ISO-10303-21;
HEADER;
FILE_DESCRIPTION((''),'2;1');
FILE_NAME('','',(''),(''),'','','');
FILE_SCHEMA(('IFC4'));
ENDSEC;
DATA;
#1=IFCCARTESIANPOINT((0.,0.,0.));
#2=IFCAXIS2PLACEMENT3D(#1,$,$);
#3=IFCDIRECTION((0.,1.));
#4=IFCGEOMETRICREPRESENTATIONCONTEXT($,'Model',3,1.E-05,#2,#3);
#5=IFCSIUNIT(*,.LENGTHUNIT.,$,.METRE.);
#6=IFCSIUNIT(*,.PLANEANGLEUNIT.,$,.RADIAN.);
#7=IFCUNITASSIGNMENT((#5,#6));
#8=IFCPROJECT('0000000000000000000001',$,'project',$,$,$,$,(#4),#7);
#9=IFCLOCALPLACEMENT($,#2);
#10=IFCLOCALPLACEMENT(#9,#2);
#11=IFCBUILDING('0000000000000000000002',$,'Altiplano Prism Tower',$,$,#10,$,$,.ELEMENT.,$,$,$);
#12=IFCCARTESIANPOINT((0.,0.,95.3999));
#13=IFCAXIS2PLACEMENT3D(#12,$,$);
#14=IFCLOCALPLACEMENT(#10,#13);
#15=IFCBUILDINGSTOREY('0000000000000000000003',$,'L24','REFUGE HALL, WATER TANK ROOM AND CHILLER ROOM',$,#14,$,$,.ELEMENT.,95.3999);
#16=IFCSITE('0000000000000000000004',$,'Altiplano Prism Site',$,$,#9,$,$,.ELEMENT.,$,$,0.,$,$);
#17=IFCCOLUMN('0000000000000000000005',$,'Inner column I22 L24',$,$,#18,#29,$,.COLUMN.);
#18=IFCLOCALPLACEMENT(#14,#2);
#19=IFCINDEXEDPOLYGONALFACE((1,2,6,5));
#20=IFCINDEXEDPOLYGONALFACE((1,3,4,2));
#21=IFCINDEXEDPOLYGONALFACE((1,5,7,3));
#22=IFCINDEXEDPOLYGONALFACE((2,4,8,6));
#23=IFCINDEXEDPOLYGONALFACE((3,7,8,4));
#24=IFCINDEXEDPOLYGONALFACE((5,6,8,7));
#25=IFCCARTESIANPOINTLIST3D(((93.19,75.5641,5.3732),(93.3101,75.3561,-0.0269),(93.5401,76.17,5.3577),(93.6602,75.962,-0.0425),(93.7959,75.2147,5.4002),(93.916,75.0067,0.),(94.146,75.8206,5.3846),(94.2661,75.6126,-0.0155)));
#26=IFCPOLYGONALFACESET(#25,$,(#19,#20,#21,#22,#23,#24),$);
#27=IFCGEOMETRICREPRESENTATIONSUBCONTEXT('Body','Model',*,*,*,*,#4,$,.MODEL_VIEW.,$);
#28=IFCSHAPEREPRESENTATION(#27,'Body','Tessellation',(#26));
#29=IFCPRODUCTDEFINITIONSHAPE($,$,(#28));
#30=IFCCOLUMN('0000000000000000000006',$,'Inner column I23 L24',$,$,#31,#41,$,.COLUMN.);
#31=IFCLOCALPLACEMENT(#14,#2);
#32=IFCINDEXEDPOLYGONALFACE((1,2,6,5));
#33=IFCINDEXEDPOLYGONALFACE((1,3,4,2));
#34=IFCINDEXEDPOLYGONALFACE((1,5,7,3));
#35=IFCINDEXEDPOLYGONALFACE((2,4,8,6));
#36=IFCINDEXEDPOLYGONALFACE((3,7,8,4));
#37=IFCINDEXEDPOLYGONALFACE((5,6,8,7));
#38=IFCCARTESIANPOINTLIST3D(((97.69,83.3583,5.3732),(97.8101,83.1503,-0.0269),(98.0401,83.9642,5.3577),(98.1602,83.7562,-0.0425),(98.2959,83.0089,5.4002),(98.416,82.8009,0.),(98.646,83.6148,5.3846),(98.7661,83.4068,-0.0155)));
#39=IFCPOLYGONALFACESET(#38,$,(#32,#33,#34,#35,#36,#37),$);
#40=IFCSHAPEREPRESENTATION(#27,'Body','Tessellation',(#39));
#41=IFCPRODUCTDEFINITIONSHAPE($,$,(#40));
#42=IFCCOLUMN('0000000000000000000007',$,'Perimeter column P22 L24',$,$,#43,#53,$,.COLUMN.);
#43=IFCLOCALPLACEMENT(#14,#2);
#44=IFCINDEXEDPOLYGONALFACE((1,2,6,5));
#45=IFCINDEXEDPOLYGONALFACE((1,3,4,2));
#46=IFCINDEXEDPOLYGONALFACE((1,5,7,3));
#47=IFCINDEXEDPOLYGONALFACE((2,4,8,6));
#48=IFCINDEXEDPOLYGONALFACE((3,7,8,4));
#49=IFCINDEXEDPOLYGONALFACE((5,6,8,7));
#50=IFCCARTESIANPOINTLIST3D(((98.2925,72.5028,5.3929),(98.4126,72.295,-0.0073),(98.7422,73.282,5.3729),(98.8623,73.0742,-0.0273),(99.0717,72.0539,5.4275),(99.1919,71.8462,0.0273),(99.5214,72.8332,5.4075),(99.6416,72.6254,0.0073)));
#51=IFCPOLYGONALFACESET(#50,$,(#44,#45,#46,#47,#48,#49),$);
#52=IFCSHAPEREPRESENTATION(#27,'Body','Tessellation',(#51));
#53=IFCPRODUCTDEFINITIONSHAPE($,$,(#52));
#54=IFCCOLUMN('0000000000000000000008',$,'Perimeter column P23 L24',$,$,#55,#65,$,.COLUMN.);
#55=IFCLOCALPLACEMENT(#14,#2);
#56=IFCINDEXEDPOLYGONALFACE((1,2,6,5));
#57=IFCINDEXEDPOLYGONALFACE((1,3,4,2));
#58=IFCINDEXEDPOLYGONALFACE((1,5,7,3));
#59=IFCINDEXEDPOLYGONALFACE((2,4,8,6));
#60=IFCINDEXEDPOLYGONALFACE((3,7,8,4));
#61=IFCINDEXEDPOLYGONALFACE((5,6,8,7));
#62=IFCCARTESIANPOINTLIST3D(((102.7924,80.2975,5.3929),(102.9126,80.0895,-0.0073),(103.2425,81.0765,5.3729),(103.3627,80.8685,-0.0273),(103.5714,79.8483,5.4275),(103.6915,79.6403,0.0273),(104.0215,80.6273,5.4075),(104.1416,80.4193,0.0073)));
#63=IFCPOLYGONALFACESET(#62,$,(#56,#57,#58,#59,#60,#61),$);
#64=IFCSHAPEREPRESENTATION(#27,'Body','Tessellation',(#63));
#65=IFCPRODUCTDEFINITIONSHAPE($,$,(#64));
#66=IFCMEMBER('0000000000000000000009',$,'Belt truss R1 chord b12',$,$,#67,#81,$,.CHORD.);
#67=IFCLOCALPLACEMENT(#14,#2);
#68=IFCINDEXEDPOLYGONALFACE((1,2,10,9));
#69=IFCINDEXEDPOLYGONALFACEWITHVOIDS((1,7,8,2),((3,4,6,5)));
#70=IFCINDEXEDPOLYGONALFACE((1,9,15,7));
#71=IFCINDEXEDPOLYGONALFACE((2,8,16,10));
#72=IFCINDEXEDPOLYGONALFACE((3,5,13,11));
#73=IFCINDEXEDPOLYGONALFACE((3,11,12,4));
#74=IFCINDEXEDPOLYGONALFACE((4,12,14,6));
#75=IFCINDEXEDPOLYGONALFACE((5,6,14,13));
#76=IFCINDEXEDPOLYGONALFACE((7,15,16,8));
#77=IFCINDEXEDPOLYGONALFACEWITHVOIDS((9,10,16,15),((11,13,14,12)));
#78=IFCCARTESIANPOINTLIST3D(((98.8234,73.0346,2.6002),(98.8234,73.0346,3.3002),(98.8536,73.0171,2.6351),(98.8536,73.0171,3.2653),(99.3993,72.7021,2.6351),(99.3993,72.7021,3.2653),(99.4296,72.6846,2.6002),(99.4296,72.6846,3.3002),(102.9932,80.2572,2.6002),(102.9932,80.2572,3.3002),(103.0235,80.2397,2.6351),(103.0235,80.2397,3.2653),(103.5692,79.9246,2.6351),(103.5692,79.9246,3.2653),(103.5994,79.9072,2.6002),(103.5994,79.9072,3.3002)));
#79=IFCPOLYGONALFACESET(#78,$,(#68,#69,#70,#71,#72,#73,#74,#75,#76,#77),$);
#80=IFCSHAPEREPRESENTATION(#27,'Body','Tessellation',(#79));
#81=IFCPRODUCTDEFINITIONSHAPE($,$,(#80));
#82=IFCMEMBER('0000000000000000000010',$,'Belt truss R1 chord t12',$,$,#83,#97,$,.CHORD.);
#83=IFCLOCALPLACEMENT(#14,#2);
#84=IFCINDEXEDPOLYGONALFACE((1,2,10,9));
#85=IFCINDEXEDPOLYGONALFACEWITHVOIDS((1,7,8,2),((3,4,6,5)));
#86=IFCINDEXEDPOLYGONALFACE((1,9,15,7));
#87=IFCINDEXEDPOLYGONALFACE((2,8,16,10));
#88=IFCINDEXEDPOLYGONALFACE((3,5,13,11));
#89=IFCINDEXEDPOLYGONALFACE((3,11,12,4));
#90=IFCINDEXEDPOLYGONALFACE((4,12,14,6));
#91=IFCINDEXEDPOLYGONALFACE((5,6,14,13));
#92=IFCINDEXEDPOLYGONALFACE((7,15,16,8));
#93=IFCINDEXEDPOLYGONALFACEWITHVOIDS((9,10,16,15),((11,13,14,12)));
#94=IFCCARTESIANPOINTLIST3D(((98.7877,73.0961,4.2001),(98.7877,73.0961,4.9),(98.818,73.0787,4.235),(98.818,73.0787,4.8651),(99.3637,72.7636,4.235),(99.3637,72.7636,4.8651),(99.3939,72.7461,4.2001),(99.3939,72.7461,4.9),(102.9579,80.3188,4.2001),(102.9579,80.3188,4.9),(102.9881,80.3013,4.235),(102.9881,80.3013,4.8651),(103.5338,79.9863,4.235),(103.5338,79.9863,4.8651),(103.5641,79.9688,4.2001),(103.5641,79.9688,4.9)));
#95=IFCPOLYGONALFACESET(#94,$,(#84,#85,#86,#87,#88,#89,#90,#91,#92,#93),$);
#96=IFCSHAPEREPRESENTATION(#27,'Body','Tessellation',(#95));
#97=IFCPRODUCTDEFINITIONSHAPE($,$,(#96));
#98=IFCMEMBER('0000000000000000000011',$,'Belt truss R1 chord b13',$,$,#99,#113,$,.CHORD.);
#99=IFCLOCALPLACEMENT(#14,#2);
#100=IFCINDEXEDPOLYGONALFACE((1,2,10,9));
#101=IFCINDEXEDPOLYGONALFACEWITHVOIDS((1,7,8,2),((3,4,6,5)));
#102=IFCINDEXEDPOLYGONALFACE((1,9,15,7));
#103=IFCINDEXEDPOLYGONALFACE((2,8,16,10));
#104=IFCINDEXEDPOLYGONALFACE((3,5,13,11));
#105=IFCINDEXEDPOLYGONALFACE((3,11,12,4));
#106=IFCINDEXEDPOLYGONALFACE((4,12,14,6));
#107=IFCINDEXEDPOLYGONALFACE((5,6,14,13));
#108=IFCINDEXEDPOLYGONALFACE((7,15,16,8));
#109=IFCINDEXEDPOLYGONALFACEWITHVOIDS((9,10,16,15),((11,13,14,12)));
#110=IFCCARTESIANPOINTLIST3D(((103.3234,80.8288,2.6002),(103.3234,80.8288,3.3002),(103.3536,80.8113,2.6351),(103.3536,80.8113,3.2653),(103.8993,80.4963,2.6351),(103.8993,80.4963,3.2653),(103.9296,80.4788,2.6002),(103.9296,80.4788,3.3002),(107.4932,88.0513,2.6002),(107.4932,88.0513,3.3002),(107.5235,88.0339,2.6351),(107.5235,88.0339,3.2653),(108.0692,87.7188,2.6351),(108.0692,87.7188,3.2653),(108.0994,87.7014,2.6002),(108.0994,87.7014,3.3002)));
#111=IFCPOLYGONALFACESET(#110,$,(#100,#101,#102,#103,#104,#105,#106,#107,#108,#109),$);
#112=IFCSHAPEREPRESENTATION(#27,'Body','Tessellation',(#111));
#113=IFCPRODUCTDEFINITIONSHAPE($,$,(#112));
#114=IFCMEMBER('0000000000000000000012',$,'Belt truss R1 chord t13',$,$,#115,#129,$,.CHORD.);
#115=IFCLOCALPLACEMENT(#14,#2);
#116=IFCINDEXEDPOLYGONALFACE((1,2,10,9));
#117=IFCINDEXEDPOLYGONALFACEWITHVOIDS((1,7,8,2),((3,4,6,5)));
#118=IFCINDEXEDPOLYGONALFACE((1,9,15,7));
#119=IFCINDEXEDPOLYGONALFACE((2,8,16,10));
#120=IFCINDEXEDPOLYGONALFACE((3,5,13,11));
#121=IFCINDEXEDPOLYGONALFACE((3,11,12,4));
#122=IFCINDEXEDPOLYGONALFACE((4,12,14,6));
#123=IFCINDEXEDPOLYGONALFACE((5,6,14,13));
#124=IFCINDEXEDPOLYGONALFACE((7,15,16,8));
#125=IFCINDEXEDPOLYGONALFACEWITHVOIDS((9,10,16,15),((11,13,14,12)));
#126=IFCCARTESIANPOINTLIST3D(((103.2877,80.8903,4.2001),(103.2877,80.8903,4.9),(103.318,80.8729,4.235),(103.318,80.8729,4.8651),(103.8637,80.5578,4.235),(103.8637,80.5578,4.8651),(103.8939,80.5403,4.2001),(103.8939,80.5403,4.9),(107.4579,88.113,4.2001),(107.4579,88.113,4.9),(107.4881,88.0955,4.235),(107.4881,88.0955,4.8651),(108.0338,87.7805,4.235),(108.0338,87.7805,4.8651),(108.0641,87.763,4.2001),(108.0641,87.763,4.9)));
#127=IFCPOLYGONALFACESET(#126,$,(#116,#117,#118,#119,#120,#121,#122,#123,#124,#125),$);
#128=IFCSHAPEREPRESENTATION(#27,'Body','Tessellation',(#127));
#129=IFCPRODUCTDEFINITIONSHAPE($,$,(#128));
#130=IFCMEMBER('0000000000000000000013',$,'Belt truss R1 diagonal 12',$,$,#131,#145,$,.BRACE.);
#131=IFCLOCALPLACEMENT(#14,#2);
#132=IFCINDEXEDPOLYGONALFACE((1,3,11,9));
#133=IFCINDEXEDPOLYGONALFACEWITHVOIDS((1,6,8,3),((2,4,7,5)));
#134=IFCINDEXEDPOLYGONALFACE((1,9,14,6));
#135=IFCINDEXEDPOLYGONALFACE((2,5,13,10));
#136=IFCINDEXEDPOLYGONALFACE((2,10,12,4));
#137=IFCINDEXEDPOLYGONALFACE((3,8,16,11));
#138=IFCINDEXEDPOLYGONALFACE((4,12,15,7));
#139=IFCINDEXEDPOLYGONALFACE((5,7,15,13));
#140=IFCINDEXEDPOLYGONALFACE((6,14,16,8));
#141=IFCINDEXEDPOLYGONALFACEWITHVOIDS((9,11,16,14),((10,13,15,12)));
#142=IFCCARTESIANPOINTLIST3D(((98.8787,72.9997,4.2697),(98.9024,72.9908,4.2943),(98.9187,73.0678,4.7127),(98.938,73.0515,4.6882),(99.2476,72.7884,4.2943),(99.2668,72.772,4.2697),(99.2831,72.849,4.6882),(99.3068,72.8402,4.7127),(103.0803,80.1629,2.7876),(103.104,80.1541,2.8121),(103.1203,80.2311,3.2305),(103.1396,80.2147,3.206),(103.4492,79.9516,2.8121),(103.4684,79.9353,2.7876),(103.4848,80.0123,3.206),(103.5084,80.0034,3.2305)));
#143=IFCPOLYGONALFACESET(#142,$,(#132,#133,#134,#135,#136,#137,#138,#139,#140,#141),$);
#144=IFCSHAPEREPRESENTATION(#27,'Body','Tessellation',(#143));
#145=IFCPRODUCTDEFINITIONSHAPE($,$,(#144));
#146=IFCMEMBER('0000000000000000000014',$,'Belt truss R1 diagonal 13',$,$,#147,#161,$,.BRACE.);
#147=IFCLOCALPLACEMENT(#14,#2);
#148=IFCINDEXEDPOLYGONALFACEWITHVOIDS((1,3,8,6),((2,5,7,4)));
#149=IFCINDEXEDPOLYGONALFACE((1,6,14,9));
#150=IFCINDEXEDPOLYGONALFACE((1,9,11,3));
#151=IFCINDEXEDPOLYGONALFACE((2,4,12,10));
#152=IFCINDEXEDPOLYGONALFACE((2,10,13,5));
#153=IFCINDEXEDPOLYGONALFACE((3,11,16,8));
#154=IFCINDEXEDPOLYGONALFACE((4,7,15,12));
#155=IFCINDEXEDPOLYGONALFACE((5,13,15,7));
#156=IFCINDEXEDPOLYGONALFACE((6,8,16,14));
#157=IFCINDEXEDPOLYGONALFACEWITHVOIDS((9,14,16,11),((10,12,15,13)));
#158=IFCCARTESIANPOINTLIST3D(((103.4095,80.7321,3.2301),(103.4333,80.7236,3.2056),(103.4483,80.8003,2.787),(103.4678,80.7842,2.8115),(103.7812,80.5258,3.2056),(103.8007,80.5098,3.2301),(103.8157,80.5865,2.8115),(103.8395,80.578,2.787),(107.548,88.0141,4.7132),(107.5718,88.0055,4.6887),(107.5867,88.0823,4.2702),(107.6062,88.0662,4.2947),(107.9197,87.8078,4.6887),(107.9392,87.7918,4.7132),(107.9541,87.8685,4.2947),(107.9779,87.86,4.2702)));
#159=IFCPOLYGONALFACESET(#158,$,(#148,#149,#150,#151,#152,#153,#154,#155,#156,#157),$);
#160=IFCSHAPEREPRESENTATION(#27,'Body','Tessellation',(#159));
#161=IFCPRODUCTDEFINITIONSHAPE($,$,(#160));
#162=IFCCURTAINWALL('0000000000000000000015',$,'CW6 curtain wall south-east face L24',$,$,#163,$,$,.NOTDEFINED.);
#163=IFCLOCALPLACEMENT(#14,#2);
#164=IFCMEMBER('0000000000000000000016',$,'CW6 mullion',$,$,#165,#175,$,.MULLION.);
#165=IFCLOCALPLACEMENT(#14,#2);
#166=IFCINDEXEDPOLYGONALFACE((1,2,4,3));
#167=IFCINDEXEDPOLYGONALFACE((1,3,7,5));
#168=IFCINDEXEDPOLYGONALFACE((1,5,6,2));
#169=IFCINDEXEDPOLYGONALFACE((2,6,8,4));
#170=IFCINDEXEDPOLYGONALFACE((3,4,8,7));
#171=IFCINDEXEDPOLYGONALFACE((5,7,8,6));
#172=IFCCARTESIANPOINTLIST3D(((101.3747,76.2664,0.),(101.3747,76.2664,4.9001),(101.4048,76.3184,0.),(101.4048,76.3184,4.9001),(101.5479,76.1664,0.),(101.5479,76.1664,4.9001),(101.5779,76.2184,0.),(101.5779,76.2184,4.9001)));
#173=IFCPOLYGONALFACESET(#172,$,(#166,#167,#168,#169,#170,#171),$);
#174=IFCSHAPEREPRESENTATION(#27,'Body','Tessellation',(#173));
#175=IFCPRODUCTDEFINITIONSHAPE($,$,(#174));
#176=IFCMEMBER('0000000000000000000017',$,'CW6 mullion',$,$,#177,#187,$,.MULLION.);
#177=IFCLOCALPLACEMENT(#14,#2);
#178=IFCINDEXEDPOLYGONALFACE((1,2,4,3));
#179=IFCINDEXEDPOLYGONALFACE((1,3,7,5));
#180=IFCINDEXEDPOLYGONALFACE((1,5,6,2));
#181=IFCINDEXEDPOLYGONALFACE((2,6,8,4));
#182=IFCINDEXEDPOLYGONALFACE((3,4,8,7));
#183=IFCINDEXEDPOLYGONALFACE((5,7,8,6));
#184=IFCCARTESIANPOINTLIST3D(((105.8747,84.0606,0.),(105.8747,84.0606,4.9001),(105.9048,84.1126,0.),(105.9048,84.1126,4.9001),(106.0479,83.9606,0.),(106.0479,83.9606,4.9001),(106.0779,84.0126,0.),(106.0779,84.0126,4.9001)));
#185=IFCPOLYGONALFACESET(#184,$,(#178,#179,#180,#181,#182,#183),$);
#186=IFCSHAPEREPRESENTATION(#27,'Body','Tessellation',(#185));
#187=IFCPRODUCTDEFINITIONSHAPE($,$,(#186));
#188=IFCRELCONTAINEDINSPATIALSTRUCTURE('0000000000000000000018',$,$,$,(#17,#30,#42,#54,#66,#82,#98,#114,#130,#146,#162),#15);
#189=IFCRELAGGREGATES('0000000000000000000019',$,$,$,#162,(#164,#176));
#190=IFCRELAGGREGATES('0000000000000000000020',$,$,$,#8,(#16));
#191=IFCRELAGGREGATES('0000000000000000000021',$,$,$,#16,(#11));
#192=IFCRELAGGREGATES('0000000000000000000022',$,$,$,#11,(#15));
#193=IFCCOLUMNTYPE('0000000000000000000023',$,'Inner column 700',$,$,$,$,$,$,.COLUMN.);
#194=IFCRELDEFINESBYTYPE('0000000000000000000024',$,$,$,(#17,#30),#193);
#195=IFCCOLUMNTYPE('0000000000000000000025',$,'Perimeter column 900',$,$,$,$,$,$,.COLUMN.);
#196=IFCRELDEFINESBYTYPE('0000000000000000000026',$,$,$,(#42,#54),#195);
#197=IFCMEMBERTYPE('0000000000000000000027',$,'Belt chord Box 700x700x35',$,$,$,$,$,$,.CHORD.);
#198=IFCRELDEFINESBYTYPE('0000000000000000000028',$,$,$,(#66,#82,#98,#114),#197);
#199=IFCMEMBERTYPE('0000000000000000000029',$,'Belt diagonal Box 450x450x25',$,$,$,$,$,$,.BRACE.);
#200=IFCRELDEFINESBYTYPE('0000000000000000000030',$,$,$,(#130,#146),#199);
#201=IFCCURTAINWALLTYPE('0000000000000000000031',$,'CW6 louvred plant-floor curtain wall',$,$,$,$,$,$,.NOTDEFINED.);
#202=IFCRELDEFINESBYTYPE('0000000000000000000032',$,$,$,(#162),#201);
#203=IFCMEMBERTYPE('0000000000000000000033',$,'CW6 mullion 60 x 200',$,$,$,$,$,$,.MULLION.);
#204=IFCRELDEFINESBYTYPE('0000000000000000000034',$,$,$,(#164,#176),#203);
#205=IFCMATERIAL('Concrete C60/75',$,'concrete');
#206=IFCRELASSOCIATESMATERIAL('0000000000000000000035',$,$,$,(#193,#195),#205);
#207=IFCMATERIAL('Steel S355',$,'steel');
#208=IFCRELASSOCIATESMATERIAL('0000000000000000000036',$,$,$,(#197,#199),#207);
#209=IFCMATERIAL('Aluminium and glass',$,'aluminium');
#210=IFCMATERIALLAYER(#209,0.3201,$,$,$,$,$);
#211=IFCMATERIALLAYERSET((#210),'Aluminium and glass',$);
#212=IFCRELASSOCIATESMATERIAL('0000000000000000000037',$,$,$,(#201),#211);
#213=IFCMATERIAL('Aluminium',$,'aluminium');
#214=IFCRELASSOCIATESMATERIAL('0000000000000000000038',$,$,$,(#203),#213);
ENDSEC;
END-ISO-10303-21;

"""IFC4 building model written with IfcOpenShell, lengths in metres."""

from ifc_helpers import new_model, si_unit, direction, frame, origin, origin_2d, place, context, subcontext, project, spatial, rectangle, hollow_rectangle, extrude, material, layer, layer_set, material_profile, profile_set, type_object, element, aggregate, save


model = new_model("IFC4")

# Units and contexts
model_context = context("Model", 3, precision=1e-05, world=origin(), true_north=direction((0.0, 1.0)))
body_context = subcontext(model_context, "Body", "Model", "MODEL_VIEW")
ifc_project = project(units=[si_unit("LENGTHUNIT", "METRE"), si_unit("PLANEANGLEUNIT", "RADIAN")], contexts=[model_context])

# Site, building, storey
site_placement = place(None, origin())
site = spatial("IfcSite", under=ifc_project, at=site_placement, Name="Altiplano Prism Site", CompositionType="ELEMENT", RefElevation=0.0)
building_placement = place(site_placement, origin())
building = spatial("IfcBuilding", under=site, at=building_placement, Name="Altiplano Prism Tower", CompositionType="ELEMENT")
storey_placement = place(building_placement, frame((0.0, 0.0, 95.3999)))
storey = spatial("IfcBuildingStorey", under=building, at=storey_placement, Name="L24", Description="REFUGE HALL, WATER TANK ROOM AND CHILLER ROOM", CompositionType="ELEMENT", Elevation=95.3999)

# Columns
ifc_material_1 = material(Name="Concrete C60/75", Category="concrete")
ifc_material_profile_1 = material_profile(ifc_material_1, rectangle(XDim=0.7, YDim=0.7, at=origin_2d()), Name="Inner column 700")
ifc_profile_set_1 = profile_set([ifc_material_profile_1], Name="Concrete C60/75")
column_type_1 = type_object("IfcColumnType", Name="Inner column 700", PredefinedType="COLUMN", material=ifc_profile_set_1)
for number, where, z_axis, x_axis, name in (
    (1, (93.7881, 75.4844, -0.0212), (-0.022221, 0.038481, 0.999012), (-0.50017, -0.865642, 0.022218), "Inner column I22 L24"),
    (2, (98.2881, 83.2786, -0.0212), (-0.022221, 0.038481, 0.999012), (-0.500171, -0.865641, 0.022218), "Inner column I23 L24"),
):
    element("IfcColumn", number, at=place(storey_placement, frame(where, z_axis=z_axis, x_axis=x_axis)), inside=storey, type_object=column_type_1, Name=name, PredefinedType="COLUMN", context=body_context, shape_type="SweptSolid", body=[
        extrude(rectangle(XDim=0.7, YDim=0.7, at=origin_2d()), origin(), (0.0, 0.0, 1.0), 5.4055),
    ])
ifc_material_profile_2 = material_profile(ifc_material_1, rectangle(XDim=0.8999, YDim=0.8999, at=origin_2d()), Name="Perimeter column 900")
ifc_profile_set_2 = profile_set([ifc_material_profile_2], Name="Concrete C60/75")
column_type_2 = type_object("IfcColumnType", Name="Perimeter column 900", PredefinedType="COLUMN", material=ifc_profile_set_2)
for number, where, z_axis, x_axis, name in (
    (3, (99.0271, 72.4602, 0.0), (-0.022221, 0.038436, 0.999014), (-0.499729, -0.865897, 0.022199), "Perimeter column P22 L24"),
    (4, (103.5271, 80.2544, 0.0), (-0.022221, 0.038481, 0.999012), (-0.500171, -0.865641, 0.022218), "Perimeter column P23 L24"),
):
    element("IfcColumn", number, at=place(storey_placement, frame(where, z_axis=z_axis, x_axis=x_axis)), inside=storey, type_object=column_type_2, Name=name, PredefinedType="COLUMN", context=body_context, shape_type="SweptSolid", body=[
        extrude(rectangle(XDim=0.8999, YDim=0.8999, at=origin_2d()), origin(), (0.0, 0.0, 1.0), 5.4055),
    ])

# Members
ifc_material_2 = material(Name="Steel S355", Category="steel")
ifc_material_profile_3 = material_profile(ifc_material_2, hollow_rectangle(XDim=0.7, YDim=0.7, WallThickness=0.0349, at=origin_2d()), Name="Belt chord Box 700x700x35")
ifc_profile_set_3 = profile_set([ifc_material_profile_3], Name="Steel S355")
member_type_1 = type_object("IfcMemberType", Name="Belt chord Box 700x700x35", PredefinedType="CHORD", material=ifc_profile_set_3)
member_1_placement = place(storey_placement, frame((99.1265, 72.8596, 2.9502), z_axis=(0.499993, 0.86603, 0.0), x_axis=(-0.86603, 0.499993, 0.0)))
element("IfcMember", 5, at=member_1_placement, inside=storey, type_object=member_type_1, Name="Belt truss R1 chord b12", PredefinedType="CHORD", context=body_context, shape_type="SweptSolid", body=[
    extrude(hollow_rectangle(XDim=0.7, YDim=0.7, WallThickness=0.0349, at=origin_2d()), origin(), (0.0, 0.0, 1.0), 8.3398),
])
member_2_placement = place(storey_placement, frame((99.0908, 72.9211, 4.55), z_axis=(0.500015, 0.866017, 0.0), x_axis=(-0.866017, 0.500015, 0.0)))
element("IfcMember", 6, at=member_2_placement, inside=storey, type_object=member_type_1, Name="Belt truss R1 chord t12", PredefinedType="CHORD", context=body_context, shape_type="SweptSolid", body=[
    extrude(hollow_rectangle(XDim=0.7, YDim=0.7, WallThickness=0.0349, at=origin_2d()), origin(), (0.0, 0.0, 1.0), 8.3401),
])
member_3_placement = place(storey_placement, frame((103.6265, 80.6538, 2.9502), z_axis=(0.499993, 0.86603, 0.0), x_axis=(-0.86603, 0.499993, 0.0)))
element("IfcMember", 7, at=member_3_placement, inside=storey, type_object=member_type_1, Name="Belt truss R1 chord b13", PredefinedType="CHORD", context=body_context, shape_type="SweptSolid", body=[
    extrude(hollow_rectangle(XDim=0.7, YDim=0.7, WallThickness=0.0349, at=origin_2d()), origin(), (0.0, 0.0, 1.0), 8.3398),
])
member_4_placement = place(storey_placement, frame((103.5908, 80.7153, 4.55), z_axis=(0.500015, 0.866017, 0.0), x_axis=(-0.866017, 0.500015, 0.0)))
element("IfcMember", 8, at=member_4_placement, inside=storey, type_object=member_type_1, Name="Belt truss R1 chord t13", PredefinedType="CHORD", context=body_context, shape_type="SweptSolid", body=[
    extrude(hollow_rectangle(XDim=0.7, YDim=0.7, WallThickness=0.0349, at=origin_2d()), origin(), (0.0, 0.0, 1.0), 8.3401),
])
ifc_material_profile_4 = material_profile(ifc_material_2, hollow_rectangle(XDim=0.45, YDim=0.45, WallThickness=0.0249, at=origin_2d()), Name="Belt diagonal Box 450x450x25")
ifc_profile_set_4 = profile_set([ifc_material_profile_4], Name="Steel S355")
member_type_2 = type_object("IfcMemberType", Name="Belt diagonal Box 450x450x25", PredefinedType="BRACE", material=ifc_profile_set_4)
member_5_placement = place(storey_placement, frame((99.0928, 72.9199, 4.4912), z_axis=(0.49807, 0.84915, -0.175699), x_axis=(-0.862568, 0.505941, 0.0)))
element("IfcMember", 9, at=member_5_placement, inside=storey, type_object=member_type_2, Name="Belt truss R1 diagonal 12", PredefinedType="BRACE", context=body_context, shape_type="SweptSolid", body=[
    extrude(hollow_rectangle(XDim=0.45, YDim=0.45, WallThickness=0.0249, at=origin_2d()), origin(), (0.0, 0.0, 1.0), 8.4358),
])
member_6_placement = place(storey_placement, frame((103.6245, 80.655, 3.0085), z_axis=(0.486525, 0.85609, 0.174364), x_axis=(-0.869408, 0.494094, 0.0)))
element("IfcMember", 10, at=member_6_placement, inside=storey, type_object=member_type_2, Name="Belt truss R1 diagonal 13", PredefinedType="BRACE", context=body_context, shape_type="SweptSolid", body=[
    extrude(hollow_rectangle(XDim=0.45, YDim=0.45, WallThickness=0.0249, at=origin_2d()), origin(), (0.0, 0.0, 1.0), 8.5061),
])

# Curtain wall, members
ifc_material_3 = material(Name="Aluminium and glass", Category="aluminium")
ifc_layer_1 = layer(ifc_material_3, 0.3201)
ifc_layer_set_1 = layer_set([ifc_layer_1], Name="Aluminium and glass")
curtain_wall_type = type_object("IfcCurtainWallType", Name="CW6 louvred plant-floor curtain wall", PredefinedType="NOTDEFINED", material=ifc_layer_set_1)
curtain_wall_placement = place(storey_placement, origin())
curtain_wall = element("IfcCurtainWall", 11, at=curtain_wall_placement, inside=storey, type_object=curtain_wall_type, Name="CW6 curtain wall south-east face L24", PredefinedType="NOTDEFINED")
ifc_material_4 = material(Name="Aluminium", Category="aluminium")
ifc_material_profile_5 = material_profile(ifc_material_4, rectangle(XDim=0.2, YDim=0.0601, at=origin_2d()), Name="CW6 mullion 60 x 200")
ifc_profile_set_5 = profile_set([ifc_material_profile_5], Name="Aluminium")
member_type_3 = type_object("IfcMemberType", Name="CW6 mullion 60 x 200", PredefinedType="MULLION", material=ifc_profile_set_5)
member_7_placement = place(storey_placement, frame((101.4763, 76.2424, 0.0), z_axis=(0.0, 0.0, 1.0), x_axis=(-0.866025, 0.5, 0.0)))
member_7 = element("IfcMember", 12, at=member_7_placement, type_object=member_type_3, Name="CW6 mullion", PredefinedType="MULLION", context=body_context, shape_type="SweptSolid", body=[
    extrude(rectangle(XDim=0.2, YDim=0.0601, at=origin_2d()), origin(), (0.0, 0.0, 1.0), 4.9001),
])
member_8_placement = place(storey_placement, frame((105.9763, 84.0366, 0.0), z_axis=(0.0, 0.0, 1.0), x_axis=(-0.866025, 0.5, 0.0)))
member_8 = element("IfcMember", 13, at=member_8_placement, type_object=member_type_3, Name="CW6 mullion", PredefinedType="MULLION", context=body_context, shape_type="SweptSolid", body=[
    extrude(rectangle(XDim=0.2, YDim=0.0601, at=origin_2d()), origin(), (0.0, 0.0, 1.0), 4.9001),
])

aggregate(curtain_wall, [member_7, member_8])

save(model, "model.ifc")
